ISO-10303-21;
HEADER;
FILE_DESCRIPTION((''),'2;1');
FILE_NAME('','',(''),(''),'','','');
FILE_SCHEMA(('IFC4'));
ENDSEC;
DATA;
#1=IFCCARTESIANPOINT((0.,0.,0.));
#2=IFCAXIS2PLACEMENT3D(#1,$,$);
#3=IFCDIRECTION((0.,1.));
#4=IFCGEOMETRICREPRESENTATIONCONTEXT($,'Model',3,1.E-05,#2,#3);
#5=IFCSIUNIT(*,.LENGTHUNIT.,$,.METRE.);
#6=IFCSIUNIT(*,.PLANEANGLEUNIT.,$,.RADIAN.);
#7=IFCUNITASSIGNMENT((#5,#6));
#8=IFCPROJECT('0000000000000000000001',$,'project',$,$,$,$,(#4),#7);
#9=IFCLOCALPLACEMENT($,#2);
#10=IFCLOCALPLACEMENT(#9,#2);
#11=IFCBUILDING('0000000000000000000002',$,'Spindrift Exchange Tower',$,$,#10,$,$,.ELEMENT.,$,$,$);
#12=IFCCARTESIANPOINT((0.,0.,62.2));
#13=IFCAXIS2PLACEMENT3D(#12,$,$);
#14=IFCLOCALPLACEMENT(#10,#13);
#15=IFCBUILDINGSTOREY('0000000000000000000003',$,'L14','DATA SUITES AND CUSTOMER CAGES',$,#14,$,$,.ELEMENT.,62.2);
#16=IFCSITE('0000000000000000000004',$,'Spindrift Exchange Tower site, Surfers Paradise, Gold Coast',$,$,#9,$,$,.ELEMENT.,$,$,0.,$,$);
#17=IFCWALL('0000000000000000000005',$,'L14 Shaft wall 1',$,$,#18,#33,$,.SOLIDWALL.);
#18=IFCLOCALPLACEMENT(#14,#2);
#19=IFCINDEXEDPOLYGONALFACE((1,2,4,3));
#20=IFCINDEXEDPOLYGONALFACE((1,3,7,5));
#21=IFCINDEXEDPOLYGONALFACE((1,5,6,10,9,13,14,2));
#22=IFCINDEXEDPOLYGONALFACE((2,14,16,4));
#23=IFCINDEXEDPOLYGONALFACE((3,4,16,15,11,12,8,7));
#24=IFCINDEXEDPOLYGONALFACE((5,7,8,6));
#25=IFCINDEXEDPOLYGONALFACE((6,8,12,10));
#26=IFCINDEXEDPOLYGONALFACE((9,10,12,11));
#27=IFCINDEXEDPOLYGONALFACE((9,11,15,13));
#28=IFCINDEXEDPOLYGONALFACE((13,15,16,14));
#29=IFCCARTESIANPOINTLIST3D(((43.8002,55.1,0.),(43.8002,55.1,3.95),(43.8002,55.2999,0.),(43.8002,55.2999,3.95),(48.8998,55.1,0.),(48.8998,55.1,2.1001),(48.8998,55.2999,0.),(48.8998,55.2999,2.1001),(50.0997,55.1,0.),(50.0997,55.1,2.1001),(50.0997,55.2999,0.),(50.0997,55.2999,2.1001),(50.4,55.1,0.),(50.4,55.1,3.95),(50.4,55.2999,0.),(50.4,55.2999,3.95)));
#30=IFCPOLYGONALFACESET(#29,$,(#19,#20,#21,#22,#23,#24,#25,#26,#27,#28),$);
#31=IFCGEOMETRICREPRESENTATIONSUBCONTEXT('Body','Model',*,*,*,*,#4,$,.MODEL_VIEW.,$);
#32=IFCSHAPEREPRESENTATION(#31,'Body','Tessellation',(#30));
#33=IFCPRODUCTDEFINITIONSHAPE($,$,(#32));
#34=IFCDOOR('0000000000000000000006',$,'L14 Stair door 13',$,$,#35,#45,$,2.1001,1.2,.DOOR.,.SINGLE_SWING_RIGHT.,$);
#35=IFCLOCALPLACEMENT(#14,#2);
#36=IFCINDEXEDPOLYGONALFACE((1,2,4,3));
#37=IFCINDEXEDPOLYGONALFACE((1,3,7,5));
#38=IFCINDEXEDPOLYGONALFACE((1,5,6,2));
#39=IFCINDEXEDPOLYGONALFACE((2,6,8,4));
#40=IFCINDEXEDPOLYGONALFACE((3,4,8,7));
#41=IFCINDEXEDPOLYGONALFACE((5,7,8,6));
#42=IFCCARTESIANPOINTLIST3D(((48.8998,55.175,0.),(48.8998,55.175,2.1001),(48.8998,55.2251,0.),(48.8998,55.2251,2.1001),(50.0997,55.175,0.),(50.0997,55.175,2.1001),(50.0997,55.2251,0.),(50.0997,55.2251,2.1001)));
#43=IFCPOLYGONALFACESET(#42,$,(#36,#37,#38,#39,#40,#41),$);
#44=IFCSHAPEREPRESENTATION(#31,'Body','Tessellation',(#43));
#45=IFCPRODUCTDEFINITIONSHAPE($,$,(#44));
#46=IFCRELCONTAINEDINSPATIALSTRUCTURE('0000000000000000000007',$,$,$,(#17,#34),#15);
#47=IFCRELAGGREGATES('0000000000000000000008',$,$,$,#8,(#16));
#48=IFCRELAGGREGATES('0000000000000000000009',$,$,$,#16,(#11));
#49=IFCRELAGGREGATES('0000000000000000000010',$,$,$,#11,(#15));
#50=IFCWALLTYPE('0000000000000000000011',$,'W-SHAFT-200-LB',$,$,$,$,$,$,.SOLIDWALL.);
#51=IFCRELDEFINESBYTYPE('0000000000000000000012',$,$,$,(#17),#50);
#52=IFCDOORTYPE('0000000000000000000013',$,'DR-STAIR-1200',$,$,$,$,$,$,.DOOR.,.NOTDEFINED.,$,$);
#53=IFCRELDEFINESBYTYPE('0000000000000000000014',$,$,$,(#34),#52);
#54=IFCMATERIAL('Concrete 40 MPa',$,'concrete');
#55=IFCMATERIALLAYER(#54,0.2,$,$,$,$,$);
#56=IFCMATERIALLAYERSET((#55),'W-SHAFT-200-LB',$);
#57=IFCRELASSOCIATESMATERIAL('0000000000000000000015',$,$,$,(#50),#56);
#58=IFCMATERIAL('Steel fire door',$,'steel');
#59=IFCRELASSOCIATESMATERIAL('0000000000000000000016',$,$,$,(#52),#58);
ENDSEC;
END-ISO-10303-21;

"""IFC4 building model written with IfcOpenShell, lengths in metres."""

from ifc_helpers import new_model, si_unit, direction, frame, frame_2d, origin, place, context, subcontext, project, spatial, rectangle, extrude, source, transform, mapped, material, layer, layer_set, type_object, element, fill, save


model = new_model("IFC4")

# Units and contexts
model_context = context("Model", 3, precision=1e-05, world=origin(), true_north=direction((0.0, 1.0)))
body_context = subcontext(model_context, "Body", "Model", "MODEL_VIEW")
ifc_project = project(units=[si_unit("LENGTHUNIT", "METRE"), si_unit("PLANEANGLEUNIT", "RADIAN")], contexts=[model_context])

# Site, building, storey
site_placement = place(None, origin())
site = spatial("IfcSite", under=ifc_project, at=site_placement, Name="Spindrift Exchange Tower site, Surfers Paradise, Gold Coast", CompositionType="ELEMENT", RefElevation=0.0)
building_placement = place(site_placement, origin())
building = spatial("IfcBuilding", under=site, at=building_placement, Name="Spindrift Exchange Tower", CompositionType="ELEMENT")
storey_placement = place(building_placement, frame((0.0, 0.0, 62.2)))
storey = spatial("IfcBuildingStorey", under=building, at=storey_placement, Name="L14", Description="DATA SUITES AND CUSTOMER CAGES", CompositionType="ELEMENT", Elevation=62.2)

# Wall, opening, door
ifc_material_1 = material(Name="Concrete 40 MPa", Category="concrete")
ifc_layer_1 = layer(ifc_material_1, 0.2)
ifc_layer_set_1 = layer_set([ifc_layer_1], Name="W-SHAFT-200-LB")
wall_type_1 = type_object("IfcWallType", Name="W-SHAFT-200-LB", PredefinedType="SOLIDWALL", material=ifc_layer_set_1)
wall_1_placement = place(storey_placement, frame((50.3999, 55.2, 0.0), z_axis=(0.0, 0.0, 1.0), x_axis=(-1.0, 0.0, 0.0)))
wall_1 = element("IfcWall", 1, at=wall_1_placement, inside=storey, type_object=wall_type_1, Name="L14 Shaft wall 1", PredefinedType="SOLIDWALL", context=body_context, shape_type="SweptSolid", body=[
    extrude(rectangle(XDim=6.5999, YDim=0.2, at=frame_2d((3.2998, 0.0))), origin(), (0.0, 0.0, 1.0), 3.95),
])
opening_1_placement = place(wall_1_placement, frame((0.3, 0.0, 0.0)))
opening_1 = element("IfcOpeningElement", 2, at=opening_1_placement, cuts=wall_1, PredefinedType="OPENING", context=body_context, shape_type="SweptSolid", body=[
    extrude(rectangle(XDim=1.2, YDim=2.1001, at=frame_2d((0.6001, 1.05))), frame((0.0, 0.1099, 0.0), z_axis=(0.0, -1.0, 0.0), x_axis=(1.0, 0.0, 0.0)), (0.0, 0.0, 1.0), 0.22),
])
ifc_material_2 = material(Name="Steel fire door", Category="steel")
door_type_1 = type_object("IfcDoorType", Name="DR-STAIR-1200", OperationType="NOTDEFINED", PredefinedType="DOOR", material=ifc_material_2)
shared_shape_1 = source(origin(), body_context, "Body", "SweptSolid", [
    extrude(rectangle(XDim=1.2, YDim=2.1001, at=frame_2d((0.6001, 1.05))), frame((0.0, 0.0249, 0.0), z_axis=(0.0, -1.0, 0.0), x_axis=(1.0, 0.0, 0.0)), (0.0, 0.0, 1.0), 0.05),
])
door_1_placement = place(opening_1_placement, origin())
door_1 = element("IfcDoor", 3, at=door_1_placement, inside=storey, type_object=door_type_1, Name="L14 Stair door 13", OperationType="SINGLE_SWING_RIGHT", OverallHeight=2.1001, OverallWidth=1.2, PredefinedType="DOOR", context=body_context, shape_type="MappedRepresentation", body=[
    mapped(shared_shape_1, transform((0.0, 0.0, 0.0), scale=1.0)),
])
fill(opening_1, door_1)

save(model, "model.ifc")
